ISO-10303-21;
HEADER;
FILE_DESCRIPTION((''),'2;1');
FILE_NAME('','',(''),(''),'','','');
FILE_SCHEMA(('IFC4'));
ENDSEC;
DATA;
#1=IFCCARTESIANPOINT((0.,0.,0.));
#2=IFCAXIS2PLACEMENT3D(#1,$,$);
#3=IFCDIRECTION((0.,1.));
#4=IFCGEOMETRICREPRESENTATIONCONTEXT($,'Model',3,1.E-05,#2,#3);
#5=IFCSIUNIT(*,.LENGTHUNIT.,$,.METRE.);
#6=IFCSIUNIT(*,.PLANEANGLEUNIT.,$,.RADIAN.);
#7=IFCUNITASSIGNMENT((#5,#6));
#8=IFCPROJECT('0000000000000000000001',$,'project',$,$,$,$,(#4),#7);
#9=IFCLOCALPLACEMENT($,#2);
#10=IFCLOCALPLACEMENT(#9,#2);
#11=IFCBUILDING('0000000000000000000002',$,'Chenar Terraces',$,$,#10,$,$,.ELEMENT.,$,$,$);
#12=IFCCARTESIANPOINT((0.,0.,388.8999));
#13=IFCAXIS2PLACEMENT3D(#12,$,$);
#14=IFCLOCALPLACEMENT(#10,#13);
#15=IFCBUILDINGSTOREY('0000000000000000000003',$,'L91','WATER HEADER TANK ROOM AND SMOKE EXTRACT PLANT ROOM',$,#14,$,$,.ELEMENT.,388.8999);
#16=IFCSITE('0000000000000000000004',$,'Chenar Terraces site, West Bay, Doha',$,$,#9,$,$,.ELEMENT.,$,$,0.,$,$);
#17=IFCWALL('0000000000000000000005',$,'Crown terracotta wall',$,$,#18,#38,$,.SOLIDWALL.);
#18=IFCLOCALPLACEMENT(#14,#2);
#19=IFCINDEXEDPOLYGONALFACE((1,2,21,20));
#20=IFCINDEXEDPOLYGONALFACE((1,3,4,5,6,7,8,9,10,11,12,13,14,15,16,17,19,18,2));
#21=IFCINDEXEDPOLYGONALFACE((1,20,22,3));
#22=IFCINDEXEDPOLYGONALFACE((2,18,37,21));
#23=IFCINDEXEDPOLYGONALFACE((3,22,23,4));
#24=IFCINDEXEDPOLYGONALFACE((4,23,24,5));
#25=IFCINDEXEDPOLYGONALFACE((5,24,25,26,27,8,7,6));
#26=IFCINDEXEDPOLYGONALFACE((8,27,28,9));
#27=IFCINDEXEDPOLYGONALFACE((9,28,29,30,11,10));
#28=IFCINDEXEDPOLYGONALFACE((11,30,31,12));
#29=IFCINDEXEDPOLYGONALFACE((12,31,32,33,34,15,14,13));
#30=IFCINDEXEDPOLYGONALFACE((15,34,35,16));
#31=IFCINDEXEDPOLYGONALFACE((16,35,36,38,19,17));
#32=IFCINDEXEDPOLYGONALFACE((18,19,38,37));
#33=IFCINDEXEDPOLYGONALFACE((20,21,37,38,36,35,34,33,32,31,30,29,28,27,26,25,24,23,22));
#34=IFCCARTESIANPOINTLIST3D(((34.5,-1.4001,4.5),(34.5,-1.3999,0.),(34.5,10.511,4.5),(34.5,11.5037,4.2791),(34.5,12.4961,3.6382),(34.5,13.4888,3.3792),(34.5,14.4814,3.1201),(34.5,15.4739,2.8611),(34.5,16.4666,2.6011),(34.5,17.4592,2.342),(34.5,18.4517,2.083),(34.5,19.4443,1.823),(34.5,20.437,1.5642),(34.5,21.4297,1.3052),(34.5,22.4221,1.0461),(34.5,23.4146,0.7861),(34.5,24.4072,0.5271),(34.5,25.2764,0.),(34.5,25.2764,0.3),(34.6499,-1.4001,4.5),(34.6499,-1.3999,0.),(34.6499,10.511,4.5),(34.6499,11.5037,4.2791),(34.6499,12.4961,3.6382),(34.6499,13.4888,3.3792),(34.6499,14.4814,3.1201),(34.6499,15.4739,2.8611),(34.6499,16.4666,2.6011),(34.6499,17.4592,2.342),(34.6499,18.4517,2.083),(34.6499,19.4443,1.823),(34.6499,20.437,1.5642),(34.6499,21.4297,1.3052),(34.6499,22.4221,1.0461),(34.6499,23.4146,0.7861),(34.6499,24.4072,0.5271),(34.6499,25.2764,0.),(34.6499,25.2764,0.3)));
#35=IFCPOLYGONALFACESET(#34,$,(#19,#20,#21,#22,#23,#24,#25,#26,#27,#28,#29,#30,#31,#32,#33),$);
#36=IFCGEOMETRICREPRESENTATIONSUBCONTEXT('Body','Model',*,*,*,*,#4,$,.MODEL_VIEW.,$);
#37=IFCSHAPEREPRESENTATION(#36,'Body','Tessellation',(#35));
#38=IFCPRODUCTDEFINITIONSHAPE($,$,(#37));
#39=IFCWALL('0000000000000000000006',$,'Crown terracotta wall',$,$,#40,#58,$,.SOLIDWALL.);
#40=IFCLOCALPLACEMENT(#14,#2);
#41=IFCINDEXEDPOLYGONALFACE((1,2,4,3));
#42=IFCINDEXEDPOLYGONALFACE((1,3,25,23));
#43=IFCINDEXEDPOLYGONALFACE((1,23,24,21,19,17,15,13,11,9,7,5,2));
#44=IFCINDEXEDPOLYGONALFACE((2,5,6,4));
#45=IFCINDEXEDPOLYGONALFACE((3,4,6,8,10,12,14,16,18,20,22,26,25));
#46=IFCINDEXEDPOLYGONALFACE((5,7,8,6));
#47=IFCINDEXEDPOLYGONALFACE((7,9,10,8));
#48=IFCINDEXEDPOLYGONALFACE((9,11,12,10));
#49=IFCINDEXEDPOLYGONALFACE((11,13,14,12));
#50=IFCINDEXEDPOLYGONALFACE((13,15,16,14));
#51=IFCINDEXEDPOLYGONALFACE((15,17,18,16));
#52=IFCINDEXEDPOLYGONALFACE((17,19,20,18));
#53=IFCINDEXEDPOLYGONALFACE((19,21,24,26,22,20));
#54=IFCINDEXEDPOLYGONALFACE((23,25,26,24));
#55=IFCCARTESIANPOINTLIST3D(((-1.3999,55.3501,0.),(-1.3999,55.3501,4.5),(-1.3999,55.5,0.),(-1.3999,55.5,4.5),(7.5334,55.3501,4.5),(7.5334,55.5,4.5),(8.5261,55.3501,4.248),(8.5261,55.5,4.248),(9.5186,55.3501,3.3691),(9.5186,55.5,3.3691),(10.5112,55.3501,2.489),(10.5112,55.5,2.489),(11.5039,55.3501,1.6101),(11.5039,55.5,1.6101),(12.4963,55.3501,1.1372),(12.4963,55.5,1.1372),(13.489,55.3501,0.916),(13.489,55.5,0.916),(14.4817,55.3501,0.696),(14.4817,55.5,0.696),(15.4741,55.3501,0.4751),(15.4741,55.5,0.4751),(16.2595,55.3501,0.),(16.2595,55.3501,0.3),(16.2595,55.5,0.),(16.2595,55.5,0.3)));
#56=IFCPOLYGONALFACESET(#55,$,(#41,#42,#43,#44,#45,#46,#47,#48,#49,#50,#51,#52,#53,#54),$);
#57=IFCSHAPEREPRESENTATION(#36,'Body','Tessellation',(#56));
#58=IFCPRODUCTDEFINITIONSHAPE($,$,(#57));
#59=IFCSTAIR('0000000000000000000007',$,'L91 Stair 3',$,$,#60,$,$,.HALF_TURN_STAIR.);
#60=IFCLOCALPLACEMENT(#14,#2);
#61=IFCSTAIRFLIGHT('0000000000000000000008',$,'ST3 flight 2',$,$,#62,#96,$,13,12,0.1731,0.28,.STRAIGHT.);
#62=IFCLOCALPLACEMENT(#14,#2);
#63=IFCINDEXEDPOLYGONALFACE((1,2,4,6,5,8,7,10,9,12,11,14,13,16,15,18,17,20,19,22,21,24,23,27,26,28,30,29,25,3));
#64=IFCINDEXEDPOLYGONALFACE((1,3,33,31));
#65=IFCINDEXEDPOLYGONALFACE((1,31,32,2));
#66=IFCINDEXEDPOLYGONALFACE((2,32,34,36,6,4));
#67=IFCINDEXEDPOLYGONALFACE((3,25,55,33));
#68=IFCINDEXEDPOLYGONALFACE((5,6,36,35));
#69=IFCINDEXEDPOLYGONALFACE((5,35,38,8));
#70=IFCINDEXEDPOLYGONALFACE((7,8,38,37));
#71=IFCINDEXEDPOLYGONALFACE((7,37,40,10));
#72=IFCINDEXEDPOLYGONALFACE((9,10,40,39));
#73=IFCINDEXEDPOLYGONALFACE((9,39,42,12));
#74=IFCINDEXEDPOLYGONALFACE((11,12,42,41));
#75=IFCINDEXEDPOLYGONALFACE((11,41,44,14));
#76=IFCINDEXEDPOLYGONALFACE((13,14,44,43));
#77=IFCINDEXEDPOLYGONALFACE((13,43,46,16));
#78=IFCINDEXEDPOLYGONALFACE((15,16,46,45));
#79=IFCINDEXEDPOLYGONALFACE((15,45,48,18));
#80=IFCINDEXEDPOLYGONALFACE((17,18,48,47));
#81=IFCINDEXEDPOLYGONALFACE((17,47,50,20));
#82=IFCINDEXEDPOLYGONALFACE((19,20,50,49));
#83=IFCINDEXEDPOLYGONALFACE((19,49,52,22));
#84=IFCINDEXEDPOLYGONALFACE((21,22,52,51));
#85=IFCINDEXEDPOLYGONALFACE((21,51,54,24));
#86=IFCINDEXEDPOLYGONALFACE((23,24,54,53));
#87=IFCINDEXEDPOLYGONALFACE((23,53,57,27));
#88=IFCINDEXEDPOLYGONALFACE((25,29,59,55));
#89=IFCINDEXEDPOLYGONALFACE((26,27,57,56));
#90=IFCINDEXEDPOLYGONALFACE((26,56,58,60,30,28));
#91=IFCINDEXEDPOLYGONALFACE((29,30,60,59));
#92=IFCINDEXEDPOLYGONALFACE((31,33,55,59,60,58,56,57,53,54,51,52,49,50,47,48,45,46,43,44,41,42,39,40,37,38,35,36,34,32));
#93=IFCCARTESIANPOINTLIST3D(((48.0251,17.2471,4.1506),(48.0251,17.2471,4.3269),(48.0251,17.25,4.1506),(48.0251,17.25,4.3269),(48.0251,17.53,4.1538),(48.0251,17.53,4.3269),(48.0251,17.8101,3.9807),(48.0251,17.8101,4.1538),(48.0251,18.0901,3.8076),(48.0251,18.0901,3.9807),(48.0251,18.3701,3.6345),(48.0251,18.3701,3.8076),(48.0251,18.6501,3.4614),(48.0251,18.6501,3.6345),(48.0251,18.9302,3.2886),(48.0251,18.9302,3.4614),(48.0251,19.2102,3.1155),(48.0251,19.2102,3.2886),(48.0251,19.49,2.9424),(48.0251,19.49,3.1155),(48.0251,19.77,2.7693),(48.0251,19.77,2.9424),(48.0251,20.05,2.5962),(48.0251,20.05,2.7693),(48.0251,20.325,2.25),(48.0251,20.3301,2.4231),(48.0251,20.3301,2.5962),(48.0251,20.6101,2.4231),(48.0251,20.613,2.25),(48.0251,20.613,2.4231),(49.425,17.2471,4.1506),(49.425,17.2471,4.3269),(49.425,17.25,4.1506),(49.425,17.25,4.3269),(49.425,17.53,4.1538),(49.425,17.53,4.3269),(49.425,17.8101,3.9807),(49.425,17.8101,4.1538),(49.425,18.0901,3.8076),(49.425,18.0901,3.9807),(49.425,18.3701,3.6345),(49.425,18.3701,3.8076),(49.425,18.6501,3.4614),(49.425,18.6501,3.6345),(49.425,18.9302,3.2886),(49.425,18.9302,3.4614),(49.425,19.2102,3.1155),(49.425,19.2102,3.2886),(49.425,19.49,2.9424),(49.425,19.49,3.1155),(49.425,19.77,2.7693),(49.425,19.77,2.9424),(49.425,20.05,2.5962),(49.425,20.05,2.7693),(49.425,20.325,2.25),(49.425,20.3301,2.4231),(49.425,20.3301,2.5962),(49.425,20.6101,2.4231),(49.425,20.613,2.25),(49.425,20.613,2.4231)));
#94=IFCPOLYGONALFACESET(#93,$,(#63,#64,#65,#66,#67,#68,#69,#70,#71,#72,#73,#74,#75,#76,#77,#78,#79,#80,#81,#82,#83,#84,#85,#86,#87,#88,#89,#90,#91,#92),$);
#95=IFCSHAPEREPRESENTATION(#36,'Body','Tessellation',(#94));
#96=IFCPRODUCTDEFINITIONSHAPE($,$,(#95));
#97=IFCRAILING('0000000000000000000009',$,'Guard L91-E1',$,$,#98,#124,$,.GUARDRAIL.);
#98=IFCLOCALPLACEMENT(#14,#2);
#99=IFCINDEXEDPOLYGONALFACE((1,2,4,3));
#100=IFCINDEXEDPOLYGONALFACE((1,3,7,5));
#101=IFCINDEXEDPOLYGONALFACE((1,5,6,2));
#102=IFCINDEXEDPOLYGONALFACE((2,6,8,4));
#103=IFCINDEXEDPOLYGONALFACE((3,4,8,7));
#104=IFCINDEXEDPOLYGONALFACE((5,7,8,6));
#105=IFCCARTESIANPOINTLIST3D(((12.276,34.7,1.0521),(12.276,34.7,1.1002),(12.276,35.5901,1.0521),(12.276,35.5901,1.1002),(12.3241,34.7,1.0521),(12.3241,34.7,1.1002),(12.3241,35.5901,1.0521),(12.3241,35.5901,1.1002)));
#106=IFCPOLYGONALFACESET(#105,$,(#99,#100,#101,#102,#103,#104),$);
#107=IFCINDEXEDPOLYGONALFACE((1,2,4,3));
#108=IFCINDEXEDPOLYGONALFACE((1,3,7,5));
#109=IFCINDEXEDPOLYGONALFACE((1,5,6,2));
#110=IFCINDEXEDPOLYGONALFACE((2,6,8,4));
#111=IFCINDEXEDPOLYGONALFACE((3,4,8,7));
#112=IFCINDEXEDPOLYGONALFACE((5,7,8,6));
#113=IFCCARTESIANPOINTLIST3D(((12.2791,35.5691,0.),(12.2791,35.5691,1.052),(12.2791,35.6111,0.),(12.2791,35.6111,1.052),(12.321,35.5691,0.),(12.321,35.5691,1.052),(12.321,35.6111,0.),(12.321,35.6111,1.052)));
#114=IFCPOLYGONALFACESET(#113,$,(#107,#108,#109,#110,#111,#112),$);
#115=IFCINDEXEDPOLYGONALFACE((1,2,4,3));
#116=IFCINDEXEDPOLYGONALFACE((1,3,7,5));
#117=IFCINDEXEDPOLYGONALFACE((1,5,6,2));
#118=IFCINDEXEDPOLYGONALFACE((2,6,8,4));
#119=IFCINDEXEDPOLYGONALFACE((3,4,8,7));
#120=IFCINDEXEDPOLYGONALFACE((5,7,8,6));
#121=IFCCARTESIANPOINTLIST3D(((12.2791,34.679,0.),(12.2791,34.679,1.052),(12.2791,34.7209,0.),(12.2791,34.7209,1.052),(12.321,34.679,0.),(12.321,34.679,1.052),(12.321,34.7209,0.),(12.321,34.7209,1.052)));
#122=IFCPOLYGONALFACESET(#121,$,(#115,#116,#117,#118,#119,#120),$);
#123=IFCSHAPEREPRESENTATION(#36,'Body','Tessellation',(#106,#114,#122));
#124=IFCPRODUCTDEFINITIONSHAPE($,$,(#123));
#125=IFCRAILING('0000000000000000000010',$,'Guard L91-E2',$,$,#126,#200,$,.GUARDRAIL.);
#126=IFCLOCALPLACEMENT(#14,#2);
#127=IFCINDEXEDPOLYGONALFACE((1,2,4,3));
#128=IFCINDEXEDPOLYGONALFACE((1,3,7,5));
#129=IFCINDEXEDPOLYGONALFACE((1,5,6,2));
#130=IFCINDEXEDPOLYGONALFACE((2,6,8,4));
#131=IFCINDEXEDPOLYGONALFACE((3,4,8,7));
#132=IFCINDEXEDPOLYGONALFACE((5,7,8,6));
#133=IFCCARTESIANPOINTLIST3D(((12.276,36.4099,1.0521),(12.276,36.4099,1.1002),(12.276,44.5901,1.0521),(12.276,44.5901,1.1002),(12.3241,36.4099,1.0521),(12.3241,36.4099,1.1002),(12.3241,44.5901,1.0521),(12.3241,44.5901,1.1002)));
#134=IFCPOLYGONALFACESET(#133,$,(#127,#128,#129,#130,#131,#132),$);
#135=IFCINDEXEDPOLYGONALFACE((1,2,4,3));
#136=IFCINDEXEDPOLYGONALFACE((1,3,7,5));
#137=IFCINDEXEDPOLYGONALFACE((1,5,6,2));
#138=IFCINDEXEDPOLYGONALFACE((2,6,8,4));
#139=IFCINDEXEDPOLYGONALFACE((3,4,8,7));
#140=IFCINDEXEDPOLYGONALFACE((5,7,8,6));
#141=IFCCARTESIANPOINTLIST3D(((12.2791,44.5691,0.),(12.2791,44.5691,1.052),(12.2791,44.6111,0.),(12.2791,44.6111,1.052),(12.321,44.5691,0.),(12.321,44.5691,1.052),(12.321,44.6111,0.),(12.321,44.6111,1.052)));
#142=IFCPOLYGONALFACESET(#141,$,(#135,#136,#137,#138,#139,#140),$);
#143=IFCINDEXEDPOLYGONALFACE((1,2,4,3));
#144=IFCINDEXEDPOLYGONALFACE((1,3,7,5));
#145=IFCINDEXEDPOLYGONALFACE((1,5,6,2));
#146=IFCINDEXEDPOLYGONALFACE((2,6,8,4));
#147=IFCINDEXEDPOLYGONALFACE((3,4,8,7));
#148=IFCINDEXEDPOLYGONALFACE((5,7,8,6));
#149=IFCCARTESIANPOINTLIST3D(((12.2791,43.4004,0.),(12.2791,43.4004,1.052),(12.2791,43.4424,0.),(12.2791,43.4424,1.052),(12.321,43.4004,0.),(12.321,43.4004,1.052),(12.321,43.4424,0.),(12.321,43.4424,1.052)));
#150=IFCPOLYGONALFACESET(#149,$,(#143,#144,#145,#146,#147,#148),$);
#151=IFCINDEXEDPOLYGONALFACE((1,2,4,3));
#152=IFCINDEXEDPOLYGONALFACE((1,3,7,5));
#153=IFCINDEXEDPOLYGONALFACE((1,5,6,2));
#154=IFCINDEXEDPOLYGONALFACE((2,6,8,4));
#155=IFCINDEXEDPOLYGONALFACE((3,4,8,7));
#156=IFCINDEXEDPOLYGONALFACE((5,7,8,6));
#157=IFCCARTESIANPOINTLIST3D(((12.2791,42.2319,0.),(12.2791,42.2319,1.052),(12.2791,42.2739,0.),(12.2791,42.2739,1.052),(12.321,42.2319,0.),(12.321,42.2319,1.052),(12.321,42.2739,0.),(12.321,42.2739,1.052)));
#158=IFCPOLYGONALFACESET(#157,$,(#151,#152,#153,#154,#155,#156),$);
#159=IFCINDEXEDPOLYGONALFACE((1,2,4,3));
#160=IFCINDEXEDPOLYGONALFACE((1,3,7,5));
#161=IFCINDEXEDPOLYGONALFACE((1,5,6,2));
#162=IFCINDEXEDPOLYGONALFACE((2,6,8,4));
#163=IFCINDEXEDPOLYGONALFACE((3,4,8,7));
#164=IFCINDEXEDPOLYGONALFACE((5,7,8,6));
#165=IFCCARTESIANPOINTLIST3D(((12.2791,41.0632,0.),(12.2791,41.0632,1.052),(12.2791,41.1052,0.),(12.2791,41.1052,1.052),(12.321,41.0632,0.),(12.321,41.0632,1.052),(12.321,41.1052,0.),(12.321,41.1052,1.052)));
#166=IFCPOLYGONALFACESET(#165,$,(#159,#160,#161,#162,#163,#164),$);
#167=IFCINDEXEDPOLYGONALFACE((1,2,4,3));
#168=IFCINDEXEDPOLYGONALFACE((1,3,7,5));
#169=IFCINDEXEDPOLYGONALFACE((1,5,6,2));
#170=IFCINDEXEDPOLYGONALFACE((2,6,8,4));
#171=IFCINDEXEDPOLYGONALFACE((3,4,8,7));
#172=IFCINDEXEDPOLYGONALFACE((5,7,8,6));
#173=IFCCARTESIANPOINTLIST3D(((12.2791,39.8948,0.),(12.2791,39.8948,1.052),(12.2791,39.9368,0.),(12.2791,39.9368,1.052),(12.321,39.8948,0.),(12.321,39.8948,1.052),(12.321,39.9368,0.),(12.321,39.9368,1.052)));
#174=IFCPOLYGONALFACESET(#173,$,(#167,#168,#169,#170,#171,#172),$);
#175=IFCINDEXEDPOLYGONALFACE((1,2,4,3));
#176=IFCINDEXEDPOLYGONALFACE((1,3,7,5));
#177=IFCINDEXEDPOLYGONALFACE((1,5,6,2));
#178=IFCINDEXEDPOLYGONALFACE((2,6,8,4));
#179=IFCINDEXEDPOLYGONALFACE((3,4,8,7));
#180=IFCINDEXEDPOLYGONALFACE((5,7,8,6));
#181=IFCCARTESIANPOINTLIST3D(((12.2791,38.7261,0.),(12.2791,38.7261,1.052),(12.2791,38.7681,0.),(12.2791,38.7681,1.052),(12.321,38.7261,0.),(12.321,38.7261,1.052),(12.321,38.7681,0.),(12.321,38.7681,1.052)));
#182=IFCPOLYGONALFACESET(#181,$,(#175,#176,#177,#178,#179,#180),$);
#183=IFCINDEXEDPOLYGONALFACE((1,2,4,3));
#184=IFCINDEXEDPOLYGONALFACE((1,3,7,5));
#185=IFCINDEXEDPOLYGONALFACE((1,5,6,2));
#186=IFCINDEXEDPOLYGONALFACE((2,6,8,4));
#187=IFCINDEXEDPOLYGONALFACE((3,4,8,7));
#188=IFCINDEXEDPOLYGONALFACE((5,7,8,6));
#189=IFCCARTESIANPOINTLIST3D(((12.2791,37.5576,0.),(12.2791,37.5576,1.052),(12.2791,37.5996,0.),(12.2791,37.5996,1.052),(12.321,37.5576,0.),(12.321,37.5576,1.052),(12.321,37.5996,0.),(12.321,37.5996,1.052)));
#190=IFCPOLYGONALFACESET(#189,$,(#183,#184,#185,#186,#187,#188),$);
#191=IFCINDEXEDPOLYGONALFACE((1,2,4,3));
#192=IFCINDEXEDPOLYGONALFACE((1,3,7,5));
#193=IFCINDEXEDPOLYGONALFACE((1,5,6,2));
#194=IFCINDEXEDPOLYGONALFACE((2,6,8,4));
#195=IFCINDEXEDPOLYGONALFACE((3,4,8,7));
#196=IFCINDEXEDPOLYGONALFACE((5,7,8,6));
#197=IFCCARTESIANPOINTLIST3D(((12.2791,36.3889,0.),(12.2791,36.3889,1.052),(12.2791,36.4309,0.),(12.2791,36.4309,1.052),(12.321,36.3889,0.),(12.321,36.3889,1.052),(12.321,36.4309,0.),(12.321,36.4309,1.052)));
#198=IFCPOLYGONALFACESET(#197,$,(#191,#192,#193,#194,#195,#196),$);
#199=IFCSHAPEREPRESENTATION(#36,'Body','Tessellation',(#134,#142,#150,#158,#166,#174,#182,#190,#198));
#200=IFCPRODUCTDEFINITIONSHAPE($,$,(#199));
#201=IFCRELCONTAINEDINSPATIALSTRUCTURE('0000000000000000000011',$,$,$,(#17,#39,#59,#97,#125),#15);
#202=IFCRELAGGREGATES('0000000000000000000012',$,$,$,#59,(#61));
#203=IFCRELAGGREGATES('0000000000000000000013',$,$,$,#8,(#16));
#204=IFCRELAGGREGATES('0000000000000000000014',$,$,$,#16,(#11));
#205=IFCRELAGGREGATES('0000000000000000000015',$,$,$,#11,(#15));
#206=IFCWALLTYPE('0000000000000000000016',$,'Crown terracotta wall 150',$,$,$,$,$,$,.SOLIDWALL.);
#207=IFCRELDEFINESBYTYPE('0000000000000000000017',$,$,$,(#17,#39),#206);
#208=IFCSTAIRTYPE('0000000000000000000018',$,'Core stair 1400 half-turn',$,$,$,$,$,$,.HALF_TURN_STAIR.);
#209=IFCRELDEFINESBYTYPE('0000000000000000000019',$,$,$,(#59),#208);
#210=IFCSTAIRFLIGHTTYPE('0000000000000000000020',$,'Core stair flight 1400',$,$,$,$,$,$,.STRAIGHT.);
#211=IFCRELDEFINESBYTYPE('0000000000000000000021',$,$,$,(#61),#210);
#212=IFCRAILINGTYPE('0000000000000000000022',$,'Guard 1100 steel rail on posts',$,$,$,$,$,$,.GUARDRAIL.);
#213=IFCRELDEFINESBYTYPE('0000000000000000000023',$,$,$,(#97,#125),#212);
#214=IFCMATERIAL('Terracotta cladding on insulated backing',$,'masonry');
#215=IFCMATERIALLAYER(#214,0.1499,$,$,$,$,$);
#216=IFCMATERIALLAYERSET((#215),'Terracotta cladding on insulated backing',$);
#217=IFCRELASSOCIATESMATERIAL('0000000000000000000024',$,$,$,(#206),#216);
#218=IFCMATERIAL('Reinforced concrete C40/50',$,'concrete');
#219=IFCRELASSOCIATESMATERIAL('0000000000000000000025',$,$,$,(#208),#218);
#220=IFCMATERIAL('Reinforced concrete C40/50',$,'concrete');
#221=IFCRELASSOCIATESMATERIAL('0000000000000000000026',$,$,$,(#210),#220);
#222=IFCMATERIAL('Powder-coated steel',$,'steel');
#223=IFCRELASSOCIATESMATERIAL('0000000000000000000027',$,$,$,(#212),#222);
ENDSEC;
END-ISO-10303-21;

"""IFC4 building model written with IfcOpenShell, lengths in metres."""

from ifc_helpers import new_model, si_unit, direction, frame, origin, origin_2d, place, context, subcontext, project, spatial, polyline, rectangle, outline, extrude, material, layer, layer_set, type_object, element, aggregate, save


model = new_model("IFC4")

# Units and contexts
model_context = context("Model", 3, precision=1e-05, world=origin(), true_north=direction((0.0, 1.0)))
body_context = subcontext(model_context, "Body", "Model", "MODEL_VIEW")
ifc_project = project(units=[si_unit("LENGTHUNIT", "METRE"), si_unit("PLANEANGLEUNIT", "RADIAN")], contexts=[model_context])

# Site, building, storey
site_placement = place(None, origin())
site = spatial("IfcSite", under=ifc_project, at=site_placement, Name="Chenar Terraces site, West Bay, Doha", CompositionType="ELEMENT", RefElevation=0.0)
building_placement = place(site_placement, origin())
building = spatial("IfcBuilding", under=site, at=building_placement, Name="Chenar Terraces", CompositionType="ELEMENT")
storey_placement = place(building_placement, frame((0.0, 0.0, 388.8999)))
storey = spatial("IfcBuildingStorey", under=building, at=storey_placement, Name="L91", Description="WATER HEADER TANK ROOM AND SMOKE EXTRACT PLANT ROOM", CompositionType="ELEMENT", Elevation=388.8999)

# Walls
ifc_material_1 = material(Name="Terracotta cladding on insulated backing", Category="masonry")
ifc_layer_1 = layer(ifc_material_1, 0.1499)
ifc_layer_set_1 = layer_set([ifc_layer_1], Name="Terracotta cladding on insulated backing")
wall_type_1 = type_object("IfcWallType", Name="Crown terracotta wall 150", PredefinedType="SOLIDWALL", material=ifc_layer_set_1)
wall_1_placement = place(storey_placement, frame((34.575, 25.2764, 0.0), z_axis=(0.0, 0.0, 1.0), x_axis=(0.0, -1.0, 0.0)))
element("IfcWall", 1, at=wall_1_placement, inside=storey, type_object=wall_type_1, Name="Crown terracotta wall", PredefinedType="SOLIDWALL", context=body_context, shape_type="SweptSolid", body=[
    extrude(outline(polyline([(0.0, 0.0), (26.6763, 0.0), (26.6765, 4.5), (14.7654, 4.5), (13.7727, 4.2791), (12.7803, 3.6382), (11.7876, 3.3792), (10.7949, 3.1201), (9.8025, 2.8611), (8.8098, 2.6011), (7.8171, 2.342), (6.8247, 2.083), (5.832, 1.823), (4.8394, 1.5642), (3.8467, 1.3052), (2.8542, 1.0461), (1.8618, 0.7861), (0.8691, 0.5271), (0.0, 0.3), (0.0, 0.0)])), frame((0.0, 0.075, 0.0), z_axis=(0.0, -1.0, 0.0), x_axis=(1.0, 0.0, 0.0)), (0.0, 0.0, 1.0), 0.1499),
])
wall_2_placement = place(storey_placement, frame((16.2595, 55.425, 0.0), z_axis=(0.0, 0.0, 1.0), x_axis=(-1.0, 0.0, 0.0)))
element("IfcWall", 2, at=wall_2_placement, inside=storey, type_object=wall_type_1, Name="Crown terracotta wall", PredefinedType="SOLIDWALL", context=body_context, shape_type="SweptSolid", body=[
    extrude(outline(polyline([(0.0, 0.0), (17.6594, 0.0), (17.6594, 4.5), (8.7261, 4.5), (7.7334, 4.248), (6.741, 3.3691), (5.7483, 2.489), (4.7556, 1.6101), (3.7632, 1.1372), (2.7705, 0.916), (1.7778, 0.696), (0.7854, 0.4751), (0.0, 0.3), (0.0, 0.0)])), frame((0.0, 0.075, 0.0), z_axis=(0.0, -1.0, 0.0), x_axis=(1.0, 0.0, 0.0)), (0.0, 0.0, 1.0), 0.1499),
])

# Stair, stair flight
ifc_material_2 = material(Name="Reinforced concrete C40/50", Category="concrete")
stair_type = type_object("IfcStairType", Name="Core stair 1400 half-turn", PredefinedType="HALF_TURN_STAIR", material=ifc_material_2)
stair_placement = place(storey_placement, origin())
stair = element("IfcStair", 3, at=stair_placement, inside=storey, type_object=stair_type, Name="L91 Stair 3", PredefinedType="HALF_TURN_STAIR")
ifc_material_3 = material(Name="Reinforced concrete C40/50", Category="concrete")
stair_flight_type = type_object("IfcStairFlightType", Name="Core stair flight 1400", PredefinedType="STRAIGHT", material=ifc_material_3)
stair_flight_placement = place(storey_placement, frame((48.7251, 20.6101, 2.25), z_axis=(0.0, 0.0, 1.0), x_axis=(0.0, -1.0, 0.0)))
stair_flight = element("IfcStairFlight", 4, at=stair_flight_placement, type_object=stair_flight_type, Name="ST3 flight 2", NumberOfRisers=13, NumberOfTreads=12, PredefinedType="STRAIGHT", RiserHeight=0.1731, TreadLength=0.28, context=body_context, shape_type="SweptSolid", body=[
    extrude(outline(polyline([(-0.0029, 0.0), (-0.0029, 0.1731), (0.0, 0.1731), (0.28, 0.1731), (0.28, 0.3462), (0.5601, 0.3462), (0.5601, 0.5193), (0.8401, 0.5193), (0.8401, 0.6924), (1.1201, 0.6924), (1.1201, 0.8655), (1.3999, 0.8655), (1.3999, 1.0386), (1.6799, 1.0386), (1.6799, 1.2114), (1.96, 1.2114), (1.96, 1.3845), (2.24, 1.3845), (2.24, 1.5576), (2.52, 1.5576), (2.52, 1.7307), (2.8, 1.7307), (2.8, 1.9038), (3.0801, 1.9038), (3.0801, 2.0769), (3.3601, 2.0769), (3.363, 2.0769), (3.363, 1.9006), (3.3601, 1.9006), (0.2852, 0.0), (-0.0029, 0.0)])), frame((0.0, 0.7, 0.0), z_axis=(0.0, -1.0, 0.0), x_axis=(1.0, 0.0, 0.0)), (0.0, 0.0, 1.0), 1.3999),
])
aggregate(stair, [stair_flight])

# Railings
ifc_material_4 = material(Name="Powder-coated steel", Category="steel")
railing_type_1 = type_object("IfcRailingType", Name="Guard 1100 steel rail on posts", PredefinedType="GUARDRAIL", material=ifc_material_4)
railing_1_placement = place(storey_placement, frame((12.3, 35.5901, 0.0)))
element("IfcRailing", 5, at=railing_1_placement, inside=storey, type_object=railing_type_1, Name="Guard L91-E1", PredefinedType="GUARDRAIL", context=body_context, shape_type="SweptSolid", body=[
    extrude(rectangle(XDim=0.0481, YDim=0.0481, at=origin_2d()), frame((0.0, 0.0, 1.0762), z_axis=(0.0, -1.0, 0.0), x_axis=(1.0, 0.0, 0.0)), (0.0, 0.0, 1.0), 0.8901),
    extrude(rectangle(XDim=0.042, YDim=0.042, at=origin_2d()), origin(), (0.0, 0.0, 1.0), 1.052),
    extrude(rectangle(XDim=0.042, YDim=0.042, at=origin_2d()), frame((0.0, -0.8901, 0.0)), (0.0, 0.0, 1.0), 1.052),
])
railing_2_placement = place(storey_placement, frame((12.3, 44.5901, 0.0)))
element("IfcRailing", 6, at=railing_2_placement, inside=storey, type_object=railing_type_1, Name="Guard L91-E2", PredefinedType="GUARDRAIL", context=body_context, shape_type="SweptSolid", body=[
    extrude(rectangle(XDim=0.0481, YDim=0.0481, at=origin_2d()), frame((0.0, 0.0, 1.0762), z_axis=(0.0, -1.0, 0.0), x_axis=(1.0, 0.0, 0.0)), (0.0, 0.0, 1.0), 8.1802),
    extrude(rectangle(XDim=0.042, YDim=0.042, at=origin_2d()), origin(), (0.0, 0.0, 1.0), 1.052),
    extrude(rectangle(XDim=0.042, YDim=0.042, at=origin_2d()), frame((0.0, -1.1687, 0.0)), (0.0, 0.0, 1.0), 1.052),
    extrude(rectangle(XDim=0.042, YDim=0.042, at=origin_2d()), frame((0.0, -2.3372, 0.0)), (0.0, 0.0, 1.0), 1.052),
    extrude(rectangle(XDim=0.042, YDim=0.042, at=origin_2d()), frame((0.0, -3.5059, 0.0)), (0.0, 0.0, 1.0), 1.052),
    extrude(rectangle(XDim=0.042, YDim=0.042, at=origin_2d()), frame((0.0, -4.6743, 0.0)), (0.0, 0.0, 1.0), 1.052),
    extrude(rectangle(XDim=0.042, YDim=0.042, at=origin_2d()), frame((0.0, -5.843, 0.0)), (0.0, 0.0, 1.0), 1.052),
    extrude(rectangle(XDim=0.042, YDim=0.042, at=origin_2d()), frame((0.0, -7.0115, 0.0)), (0.0, 0.0, 1.0), 1.052),
    extrude(rectangle(XDim=0.042, YDim=0.042, at=origin_2d()), frame((0.0, -8.1802, 0.0)), (0.0, 0.0, 1.0), 1.052),
])

save(model, "model.ifc")
